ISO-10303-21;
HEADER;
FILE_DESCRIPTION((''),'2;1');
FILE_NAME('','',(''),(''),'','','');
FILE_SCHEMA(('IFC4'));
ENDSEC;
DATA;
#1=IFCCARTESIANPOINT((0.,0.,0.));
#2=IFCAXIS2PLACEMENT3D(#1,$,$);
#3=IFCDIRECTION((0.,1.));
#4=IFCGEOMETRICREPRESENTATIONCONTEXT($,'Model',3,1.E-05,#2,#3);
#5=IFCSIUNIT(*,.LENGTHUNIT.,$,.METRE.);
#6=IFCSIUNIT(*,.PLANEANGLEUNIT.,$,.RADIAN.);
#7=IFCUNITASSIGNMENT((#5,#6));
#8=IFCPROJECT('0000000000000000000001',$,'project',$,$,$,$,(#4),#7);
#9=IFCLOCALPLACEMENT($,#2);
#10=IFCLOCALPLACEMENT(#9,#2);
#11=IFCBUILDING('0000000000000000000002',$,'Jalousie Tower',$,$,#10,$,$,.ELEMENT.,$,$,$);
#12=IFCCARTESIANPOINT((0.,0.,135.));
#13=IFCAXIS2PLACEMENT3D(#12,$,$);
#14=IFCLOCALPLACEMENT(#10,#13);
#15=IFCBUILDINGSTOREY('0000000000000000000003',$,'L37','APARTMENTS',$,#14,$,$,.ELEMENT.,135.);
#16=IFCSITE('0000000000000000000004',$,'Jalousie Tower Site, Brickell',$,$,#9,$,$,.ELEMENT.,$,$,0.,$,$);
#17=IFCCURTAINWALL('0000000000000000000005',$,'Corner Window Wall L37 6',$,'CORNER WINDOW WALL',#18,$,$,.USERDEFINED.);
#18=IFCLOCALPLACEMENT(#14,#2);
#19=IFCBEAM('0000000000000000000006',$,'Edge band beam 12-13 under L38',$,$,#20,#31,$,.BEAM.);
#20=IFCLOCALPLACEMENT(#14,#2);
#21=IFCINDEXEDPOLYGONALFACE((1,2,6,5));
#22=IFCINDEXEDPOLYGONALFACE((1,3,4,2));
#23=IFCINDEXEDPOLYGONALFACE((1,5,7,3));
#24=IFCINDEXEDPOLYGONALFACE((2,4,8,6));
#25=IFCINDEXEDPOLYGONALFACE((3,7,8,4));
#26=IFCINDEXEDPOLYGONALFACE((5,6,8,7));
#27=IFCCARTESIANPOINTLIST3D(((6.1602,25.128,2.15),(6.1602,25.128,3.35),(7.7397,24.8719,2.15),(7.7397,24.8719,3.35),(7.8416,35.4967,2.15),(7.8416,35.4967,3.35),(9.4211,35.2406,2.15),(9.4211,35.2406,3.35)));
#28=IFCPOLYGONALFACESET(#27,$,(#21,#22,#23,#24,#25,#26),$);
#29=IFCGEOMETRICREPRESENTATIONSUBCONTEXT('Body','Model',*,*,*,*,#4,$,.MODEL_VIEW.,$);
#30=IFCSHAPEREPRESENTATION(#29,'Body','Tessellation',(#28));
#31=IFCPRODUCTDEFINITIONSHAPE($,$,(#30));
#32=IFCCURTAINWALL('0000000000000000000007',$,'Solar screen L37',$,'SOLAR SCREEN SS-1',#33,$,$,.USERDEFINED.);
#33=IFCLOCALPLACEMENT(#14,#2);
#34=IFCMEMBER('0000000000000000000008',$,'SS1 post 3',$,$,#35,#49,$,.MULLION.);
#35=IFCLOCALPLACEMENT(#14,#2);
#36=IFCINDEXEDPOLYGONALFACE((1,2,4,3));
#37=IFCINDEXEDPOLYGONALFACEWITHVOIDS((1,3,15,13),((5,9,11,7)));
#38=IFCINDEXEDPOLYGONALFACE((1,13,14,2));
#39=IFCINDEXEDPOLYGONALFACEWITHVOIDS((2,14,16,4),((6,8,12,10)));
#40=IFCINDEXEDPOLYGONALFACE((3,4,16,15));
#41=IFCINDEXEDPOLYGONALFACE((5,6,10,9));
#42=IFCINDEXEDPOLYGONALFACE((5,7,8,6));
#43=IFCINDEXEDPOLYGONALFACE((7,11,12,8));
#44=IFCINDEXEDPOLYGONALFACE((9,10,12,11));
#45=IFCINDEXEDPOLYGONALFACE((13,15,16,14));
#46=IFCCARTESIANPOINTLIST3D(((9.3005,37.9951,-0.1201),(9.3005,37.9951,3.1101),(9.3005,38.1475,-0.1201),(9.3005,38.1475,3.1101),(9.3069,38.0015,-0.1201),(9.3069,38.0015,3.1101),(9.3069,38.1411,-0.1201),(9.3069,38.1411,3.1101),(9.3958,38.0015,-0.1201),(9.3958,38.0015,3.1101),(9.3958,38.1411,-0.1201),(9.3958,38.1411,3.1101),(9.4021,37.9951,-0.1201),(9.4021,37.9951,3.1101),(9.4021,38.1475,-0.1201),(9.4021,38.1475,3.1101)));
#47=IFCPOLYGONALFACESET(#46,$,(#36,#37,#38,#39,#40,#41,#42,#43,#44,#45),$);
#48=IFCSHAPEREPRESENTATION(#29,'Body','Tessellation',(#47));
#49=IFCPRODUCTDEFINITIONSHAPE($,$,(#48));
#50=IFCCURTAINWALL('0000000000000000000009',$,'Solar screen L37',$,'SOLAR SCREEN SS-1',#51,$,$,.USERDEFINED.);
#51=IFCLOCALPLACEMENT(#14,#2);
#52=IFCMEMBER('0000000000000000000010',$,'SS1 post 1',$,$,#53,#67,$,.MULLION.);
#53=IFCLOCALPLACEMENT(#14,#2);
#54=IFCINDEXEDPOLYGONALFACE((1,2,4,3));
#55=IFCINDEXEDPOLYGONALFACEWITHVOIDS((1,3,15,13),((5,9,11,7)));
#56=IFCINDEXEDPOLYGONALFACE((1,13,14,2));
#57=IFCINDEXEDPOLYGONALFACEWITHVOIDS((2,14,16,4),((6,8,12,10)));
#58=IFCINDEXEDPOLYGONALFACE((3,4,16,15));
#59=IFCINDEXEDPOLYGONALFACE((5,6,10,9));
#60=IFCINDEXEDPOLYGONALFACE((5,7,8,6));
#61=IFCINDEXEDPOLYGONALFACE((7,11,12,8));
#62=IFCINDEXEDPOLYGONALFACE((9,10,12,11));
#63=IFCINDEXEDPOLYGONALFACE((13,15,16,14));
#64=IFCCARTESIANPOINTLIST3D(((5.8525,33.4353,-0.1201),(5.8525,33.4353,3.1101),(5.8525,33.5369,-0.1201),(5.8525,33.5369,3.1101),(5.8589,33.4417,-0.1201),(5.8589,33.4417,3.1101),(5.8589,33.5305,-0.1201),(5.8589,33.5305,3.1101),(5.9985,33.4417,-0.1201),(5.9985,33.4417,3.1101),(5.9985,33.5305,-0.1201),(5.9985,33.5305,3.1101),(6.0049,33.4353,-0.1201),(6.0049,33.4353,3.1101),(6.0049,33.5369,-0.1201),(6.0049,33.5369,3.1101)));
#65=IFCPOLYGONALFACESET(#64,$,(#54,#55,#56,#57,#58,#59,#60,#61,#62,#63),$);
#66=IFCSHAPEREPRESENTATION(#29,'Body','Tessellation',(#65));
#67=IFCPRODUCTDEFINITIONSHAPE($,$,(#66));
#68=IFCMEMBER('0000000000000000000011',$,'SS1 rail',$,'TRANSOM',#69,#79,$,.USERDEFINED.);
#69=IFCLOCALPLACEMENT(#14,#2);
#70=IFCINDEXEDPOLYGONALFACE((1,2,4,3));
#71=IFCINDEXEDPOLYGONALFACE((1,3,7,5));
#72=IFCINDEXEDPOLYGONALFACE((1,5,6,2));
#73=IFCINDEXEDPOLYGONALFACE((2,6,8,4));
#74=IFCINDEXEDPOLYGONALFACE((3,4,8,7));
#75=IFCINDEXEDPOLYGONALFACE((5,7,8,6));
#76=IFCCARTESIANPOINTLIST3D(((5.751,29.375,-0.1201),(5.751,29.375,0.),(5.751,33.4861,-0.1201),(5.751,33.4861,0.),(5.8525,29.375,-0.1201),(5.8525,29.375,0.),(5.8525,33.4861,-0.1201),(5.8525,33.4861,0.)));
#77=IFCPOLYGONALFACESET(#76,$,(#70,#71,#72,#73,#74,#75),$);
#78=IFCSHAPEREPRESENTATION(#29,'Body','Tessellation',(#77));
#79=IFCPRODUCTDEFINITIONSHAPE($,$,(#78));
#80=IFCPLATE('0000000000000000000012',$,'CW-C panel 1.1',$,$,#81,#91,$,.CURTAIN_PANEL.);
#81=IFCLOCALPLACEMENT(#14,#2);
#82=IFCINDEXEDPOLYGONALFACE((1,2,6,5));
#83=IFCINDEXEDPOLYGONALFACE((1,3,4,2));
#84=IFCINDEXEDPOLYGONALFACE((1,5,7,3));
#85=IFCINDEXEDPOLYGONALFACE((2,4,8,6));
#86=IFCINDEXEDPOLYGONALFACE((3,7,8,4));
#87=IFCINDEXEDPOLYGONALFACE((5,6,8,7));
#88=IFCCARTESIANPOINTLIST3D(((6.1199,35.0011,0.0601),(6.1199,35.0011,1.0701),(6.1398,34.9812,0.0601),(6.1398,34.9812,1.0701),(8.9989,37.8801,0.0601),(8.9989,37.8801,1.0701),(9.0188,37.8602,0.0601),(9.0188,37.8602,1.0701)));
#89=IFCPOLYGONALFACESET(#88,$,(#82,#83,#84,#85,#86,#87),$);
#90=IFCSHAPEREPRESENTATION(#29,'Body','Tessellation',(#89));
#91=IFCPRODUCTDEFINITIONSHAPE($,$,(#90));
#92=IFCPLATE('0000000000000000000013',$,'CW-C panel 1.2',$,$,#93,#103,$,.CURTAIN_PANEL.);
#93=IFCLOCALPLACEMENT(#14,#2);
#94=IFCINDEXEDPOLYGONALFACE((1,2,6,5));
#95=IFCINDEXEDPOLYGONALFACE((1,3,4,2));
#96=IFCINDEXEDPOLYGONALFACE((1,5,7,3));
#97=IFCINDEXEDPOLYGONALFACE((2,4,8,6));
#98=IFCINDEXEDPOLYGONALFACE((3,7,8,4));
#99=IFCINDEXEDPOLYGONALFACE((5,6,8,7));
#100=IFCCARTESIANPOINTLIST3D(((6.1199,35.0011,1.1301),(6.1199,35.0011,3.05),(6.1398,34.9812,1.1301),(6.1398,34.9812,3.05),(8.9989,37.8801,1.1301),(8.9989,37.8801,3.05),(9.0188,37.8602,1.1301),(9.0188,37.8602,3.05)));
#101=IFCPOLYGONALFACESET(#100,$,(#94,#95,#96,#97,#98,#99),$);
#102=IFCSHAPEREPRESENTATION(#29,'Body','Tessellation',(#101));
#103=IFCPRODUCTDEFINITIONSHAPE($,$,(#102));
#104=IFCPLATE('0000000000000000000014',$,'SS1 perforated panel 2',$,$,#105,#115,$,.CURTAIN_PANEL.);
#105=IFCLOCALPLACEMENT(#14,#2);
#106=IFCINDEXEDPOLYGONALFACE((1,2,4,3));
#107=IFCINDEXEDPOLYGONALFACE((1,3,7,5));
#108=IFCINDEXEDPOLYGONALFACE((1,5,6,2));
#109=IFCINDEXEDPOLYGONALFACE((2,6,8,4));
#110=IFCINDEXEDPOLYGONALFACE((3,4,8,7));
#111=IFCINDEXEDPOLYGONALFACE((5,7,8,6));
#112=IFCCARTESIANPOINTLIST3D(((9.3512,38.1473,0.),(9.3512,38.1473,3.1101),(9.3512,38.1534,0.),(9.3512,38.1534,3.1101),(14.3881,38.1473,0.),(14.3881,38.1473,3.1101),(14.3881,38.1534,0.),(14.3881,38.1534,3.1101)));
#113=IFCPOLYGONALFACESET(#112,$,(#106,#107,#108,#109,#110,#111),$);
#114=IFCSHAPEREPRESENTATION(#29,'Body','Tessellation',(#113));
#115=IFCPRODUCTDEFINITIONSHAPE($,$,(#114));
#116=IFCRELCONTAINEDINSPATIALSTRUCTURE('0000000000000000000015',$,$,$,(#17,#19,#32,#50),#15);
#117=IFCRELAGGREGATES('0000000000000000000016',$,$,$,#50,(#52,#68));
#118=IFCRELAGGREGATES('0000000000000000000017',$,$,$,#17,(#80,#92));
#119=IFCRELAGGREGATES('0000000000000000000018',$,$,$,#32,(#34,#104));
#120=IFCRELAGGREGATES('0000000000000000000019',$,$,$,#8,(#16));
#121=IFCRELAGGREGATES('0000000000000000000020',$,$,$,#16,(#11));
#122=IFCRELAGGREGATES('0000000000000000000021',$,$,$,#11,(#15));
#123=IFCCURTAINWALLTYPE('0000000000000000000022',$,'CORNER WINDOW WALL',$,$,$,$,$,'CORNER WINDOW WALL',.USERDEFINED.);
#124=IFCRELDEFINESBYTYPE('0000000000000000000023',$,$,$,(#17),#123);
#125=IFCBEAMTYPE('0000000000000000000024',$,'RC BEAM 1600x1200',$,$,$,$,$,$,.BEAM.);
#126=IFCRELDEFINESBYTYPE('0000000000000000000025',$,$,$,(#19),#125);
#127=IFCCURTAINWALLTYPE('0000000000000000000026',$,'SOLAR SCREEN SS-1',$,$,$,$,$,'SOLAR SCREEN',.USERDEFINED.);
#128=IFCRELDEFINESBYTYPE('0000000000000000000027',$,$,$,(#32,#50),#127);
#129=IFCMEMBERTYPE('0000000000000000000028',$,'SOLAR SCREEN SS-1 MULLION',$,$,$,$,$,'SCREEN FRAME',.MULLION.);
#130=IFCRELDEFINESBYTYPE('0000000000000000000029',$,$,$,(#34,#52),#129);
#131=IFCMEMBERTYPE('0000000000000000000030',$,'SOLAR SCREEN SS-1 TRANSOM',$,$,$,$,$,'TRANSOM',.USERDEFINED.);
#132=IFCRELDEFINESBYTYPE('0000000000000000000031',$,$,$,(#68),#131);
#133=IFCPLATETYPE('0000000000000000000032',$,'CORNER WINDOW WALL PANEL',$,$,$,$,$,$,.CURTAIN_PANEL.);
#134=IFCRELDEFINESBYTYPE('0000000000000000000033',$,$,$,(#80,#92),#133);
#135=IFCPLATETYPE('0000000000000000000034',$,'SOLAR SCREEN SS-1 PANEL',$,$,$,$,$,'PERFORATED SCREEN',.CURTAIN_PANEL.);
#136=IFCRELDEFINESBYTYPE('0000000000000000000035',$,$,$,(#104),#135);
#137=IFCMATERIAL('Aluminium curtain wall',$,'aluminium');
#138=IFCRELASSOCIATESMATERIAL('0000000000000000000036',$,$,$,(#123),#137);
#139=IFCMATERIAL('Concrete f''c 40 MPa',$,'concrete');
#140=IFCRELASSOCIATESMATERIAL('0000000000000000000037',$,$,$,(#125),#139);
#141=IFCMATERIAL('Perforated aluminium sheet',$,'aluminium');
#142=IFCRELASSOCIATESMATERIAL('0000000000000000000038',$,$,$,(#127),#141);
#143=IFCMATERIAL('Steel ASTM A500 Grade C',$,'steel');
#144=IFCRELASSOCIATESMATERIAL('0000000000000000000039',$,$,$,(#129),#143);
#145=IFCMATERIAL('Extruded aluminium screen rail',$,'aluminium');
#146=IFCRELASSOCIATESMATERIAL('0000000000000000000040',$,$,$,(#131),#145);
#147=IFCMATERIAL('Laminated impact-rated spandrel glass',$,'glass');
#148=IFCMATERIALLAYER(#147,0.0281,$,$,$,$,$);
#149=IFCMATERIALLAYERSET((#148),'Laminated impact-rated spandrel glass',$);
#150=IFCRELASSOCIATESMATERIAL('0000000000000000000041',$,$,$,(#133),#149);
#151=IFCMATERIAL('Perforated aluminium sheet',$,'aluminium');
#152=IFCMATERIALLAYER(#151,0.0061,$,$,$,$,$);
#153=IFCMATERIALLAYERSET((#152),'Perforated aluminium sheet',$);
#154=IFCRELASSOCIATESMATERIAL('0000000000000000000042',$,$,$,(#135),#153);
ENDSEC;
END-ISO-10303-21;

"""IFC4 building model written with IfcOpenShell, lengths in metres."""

from ifc_helpers import new_model, si_unit, direction, frame, origin, origin_2d, place, context, subcontext, project, spatial, rectangle, hollow_rectangle, extrude, material, layer, layer_set, material_profile, profile_set, type_object, element, aggregate, save


model = new_model("IFC4")

# Units and contexts
model_context = context("Model", 3, precision=1e-05, world=origin(), true_north=direction((0.0, 1.0)))
body_context = subcontext(model_context, "Body", "Model", "MODEL_VIEW")
ifc_project = project(units=[si_unit("LENGTHUNIT", "METRE"), si_unit("PLANEANGLEUNIT", "RADIAN")], contexts=[model_context])

# Site, building, storey
site_placement = place(None, origin())
site = spatial("IfcSite", under=ifc_project, at=site_placement, Name="Jalousie Tower Site, Brickell", CompositionType="ELEMENT", RefElevation=0.0)
building_placement = place(site_placement, origin())
building = spatial("IfcBuilding", under=site, at=building_placement, Name="Jalousie Tower", CompositionType="ELEMENT")
storey_placement = place(building_placement, frame((0.0, 0.0, 135.0)))
storey = spatial("IfcBuildingStorey", under=building, at=storey_placement, Name="L37", Description="APARTMENTS", CompositionType="ELEMENT", Elevation=135.0)

# Curtain wall
ifc_material_1 = material(Name="Aluminium curtain wall", Category="aluminium")
curtain_wall_type_1 = type_object("IfcCurtainWallType", Name="CORNER WINDOW WALL", ElementType="CORNER WINDOW WALL", PredefinedType="USERDEFINED", material=ifc_material_1)
curtain_wall_1_placement = place(storey_placement, origin())
curtain_wall_1 = element("IfcCurtainWall", 1, at=curtain_wall_1_placement, inside=storey, type_object=curtain_wall_type_1, Name="Corner Window Wall L37 6", ObjectType="CORNER WINDOW WALL", PredefinedType="USERDEFINED")

# Beam
ifc_material_2 = material(Name="Concrete f'c 40 MPa", Category="concrete")
ifc_material_profile_1 = material_profile(ifc_material_2, rectangle(XDim=1.6001, YDim=1.2, at=origin_2d()), Name="RC 1600x1200")
ifc_profile_set_1 = profile_set([ifc_material_profile_1], Name="Concrete f'c 40 MPa")
beam_type_1 = type_object("IfcBeamType", Name="RC BEAM 1600x1200", PredefinedType="BEAM", material=ifc_profile_set_1)
beam_1_placement = place(storey_placement, frame((8.6313, 35.3687, 2.75), z_axis=(-0.160071, -0.987106, 0.0), x_axis=(0.987106, -0.160071, 0.0)))
element("IfcBeam", 2, at=beam_1_placement, inside=storey, type_object=beam_type_1, Name="Edge band beam 12-13 under L38", PredefinedType="BEAM", context=body_context, shape_type="SweptSolid", body=[
    extrude(rectangle(XDim=1.6001, YDim=1.2, at=origin_2d()), origin(), (0.0, 0.0, 1.0), 10.5042),
])

# Curtain wall, member
ifc_material_3 = material(Name="Perforated aluminium sheet", Category="aluminium")
curtain_wall_type_2 = type_object("IfcCurtainWallType", Name="SOLAR SCREEN SS-1", ElementType="SOLAR SCREEN", PredefinedType="USERDEFINED", material=ifc_material_3)
curtain_wall_2_placement = place(storey_placement, origin())
curtain_wall_2 = element("IfcCurtainWall", 3, at=curtain_wall_2_placement, inside=storey, type_object=curtain_wall_type_2, Name="Solar screen L37", ObjectType="SOLAR SCREEN SS-1", PredefinedType="USERDEFINED")
ifc_material_4 = material(Name="Steel ASTM A500 Grade C", Category="steel")
ifc_material_profile_2 = material_profile(ifc_material_4, hollow_rectangle(XDim=0.1016, YDim=0.1523, WallThickness=0.0063, at=origin_2d()), Name="HSS6X4X1/4")
ifc_profile_set_2 = profile_set([ifc_material_profile_2], Name="Steel ASTM A500 Grade C")
member_type_1 = type_object("IfcMemberType", Name="SOLAR SCREEN SS-1 MULLION", ElementType="SCREEN FRAME", PredefinedType="MULLION", material=ifc_profile_set_2)
member_1_placement = place(storey_placement, frame((9.3513, 38.0713, -0.1201), z_axis=(0.0, 0.0, 1.0), x_axis=(-1.0, 0.0, 0.0)))
member_1 = element("IfcMember", 4, at=member_1_placement, type_object=member_type_1, Name="SS1 post 3", PredefinedType="MULLION", context=body_context, shape_type="SweptSolid", body=[
    extrude(hollow_rectangle(XDim=0.1016, YDim=0.1523, WallThickness=0.0063, at=origin_2d()), origin(), (0.0, 0.0, 1.0), 3.2302),
])

# Curtain wall, members
curtain_wall_3_placement = place(storey_placement, origin())
curtain_wall_3 = element("IfcCurtainWall", 5, at=curtain_wall_3_placement, inside=storey, type_object=curtain_wall_type_2, Name="Solar screen L37", ObjectType="SOLAR SCREEN SS-1", PredefinedType="USERDEFINED")
member_2_placement = place(storey_placement, frame((5.9287, 33.4861, -0.1201), z_axis=(0.0, 0.0, 1.0), x_axis=(0.0, -1.0, 0.0)))
member_2 = element("IfcMember", 6, at=member_2_placement, type_object=member_type_1, Name="SS1 post 1", PredefinedType="MULLION", context=body_context, shape_type="SweptSolid", body=[
    extrude(hollow_rectangle(XDim=0.1016, YDim=0.1523, WallThickness=0.0063, at=origin_2d()), origin(), (0.0, 0.0, 1.0), 3.2302),
])
ifc_material_5 = material(Name="Extruded aluminium screen rail", Category="aluminium")
ifc_material_profile_3 = material_profile(ifc_material_5, rectangle(XDim=0.1016, YDim=0.1201, at=origin_2d()), Name="RAIL 102x120")
ifc_profile_set_3 = profile_set([ifc_material_profile_3], Name="Extruded aluminium screen rail")
member_type_2 = type_object("IfcMemberType", Name="SOLAR SCREEN SS-1 TRANSOM", ElementType="TRANSOM", PredefinedType="USERDEFINED", material=ifc_profile_set_3)
member_3_placement = place(storey_placement, frame((5.8018, 33.4861, -0.0601), z_axis=(0.0, -1.0, 0.0), x_axis=(1.0, 0.0, 0.0)))
member_3 = element("IfcMember", 7, at=member_3_placement, type_object=member_type_2, Name="SS1 rail", ObjectType="TRANSOM", PredefinedType="USERDEFINED", context=body_context, shape_type="SweptSolid", body=[
    extrude(rectangle(XDim=0.1016, YDim=0.1201, at=origin_2d()), origin(), (0.0, 0.0, 1.0), 4.1111),
])
aggregate(curtain_wall_3, [member_2, member_3])

# Plates
ifc_material_6 = material(Name="Laminated impact-rated spandrel glass", Category="glass")
ifc_layer_1 = layer(ifc_material_6, 0.0281)
ifc_layer_set_1 = layer_set([ifc_layer_1], Name="Laminated impact-rated spandrel glass")
plate_type_1 = type_object("IfcPlateType", Name="CORNER WINDOW WALL PANEL", PredefinedType="CURTAIN_PANEL", material=ifc_layer_set_1)
plate_1_placement = place(storey_placement, frame((7.5693, 36.4307, 0.0601), z_axis=(0.0, 0.0, 1.0), x_axis=(-0.707107, -0.707107, 0.0)))
plate_1 = element("IfcPlate", 8, at=plate_1_placement, type_object=plate_type_1, Name="CW-C panel 1.1", PredefinedType="CURTAIN_PANEL", context=body_context, shape_type="SweptSolid", body=[
    extrude(rectangle(XDim=4.0715, YDim=0.0281, at=origin_2d()), origin(), (0.0, 0.0, 1.0), 1.01),
])
plate_2_placement = place(storey_placement, frame((7.5693, 36.4307, 1.1301), z_axis=(0.0, 0.0, 1.0), x_axis=(-0.707107, -0.707107, 0.0)))
plate_2 = element("IfcPlate", 9, at=plate_2_placement, type_object=plate_type_1, Name="CW-C panel 1.2", PredefinedType="CURTAIN_PANEL", context=body_context, shape_type="SweptSolid", body=[
    extrude(rectangle(XDim=4.0715, YDim=0.0281, at=origin_2d()), origin(), (0.0, 0.0, 1.0), 1.9199),
])
aggregate(curtain_wall_1, [plate_1, plate_2])
ifc_material_7 = material(Name="Perforated aluminium sheet", Category="aluminium")
ifc_layer_2 = layer(ifc_material_7, 0.0061)
ifc_layer_set_2 = layer_set([ifc_layer_2], Name="Perforated aluminium sheet")
plate_type_2 = type_object("IfcPlateType", Name="SOLAR SCREEN SS-1 PANEL", ElementType="PERFORATED SCREEN", PredefinedType="CURTAIN_PANEL", material=ifc_layer_set_2)
plate_3_placement = place(storey_placement, frame((11.8696, 38.1504, 0.0), z_axis=(0.0, 0.0, 1.0), x_axis=(-1.0, 0.0, 0.0)))
plate_3 = element("IfcPlate", 10, at=plate_3_placement, type_object=plate_type_2, Name="SS1 perforated panel 2", PredefinedType="CURTAIN_PANEL", context=body_context, shape_type="SweptSolid", body=[
    extrude(rectangle(XDim=5.0369, YDim=0.0061, at=origin_2d()), origin(), (0.0, 0.0, 1.0), 3.1101),
])
aggregate(curtain_wall_2, [member_1, plate_3])

save(model, "model.ifc")
